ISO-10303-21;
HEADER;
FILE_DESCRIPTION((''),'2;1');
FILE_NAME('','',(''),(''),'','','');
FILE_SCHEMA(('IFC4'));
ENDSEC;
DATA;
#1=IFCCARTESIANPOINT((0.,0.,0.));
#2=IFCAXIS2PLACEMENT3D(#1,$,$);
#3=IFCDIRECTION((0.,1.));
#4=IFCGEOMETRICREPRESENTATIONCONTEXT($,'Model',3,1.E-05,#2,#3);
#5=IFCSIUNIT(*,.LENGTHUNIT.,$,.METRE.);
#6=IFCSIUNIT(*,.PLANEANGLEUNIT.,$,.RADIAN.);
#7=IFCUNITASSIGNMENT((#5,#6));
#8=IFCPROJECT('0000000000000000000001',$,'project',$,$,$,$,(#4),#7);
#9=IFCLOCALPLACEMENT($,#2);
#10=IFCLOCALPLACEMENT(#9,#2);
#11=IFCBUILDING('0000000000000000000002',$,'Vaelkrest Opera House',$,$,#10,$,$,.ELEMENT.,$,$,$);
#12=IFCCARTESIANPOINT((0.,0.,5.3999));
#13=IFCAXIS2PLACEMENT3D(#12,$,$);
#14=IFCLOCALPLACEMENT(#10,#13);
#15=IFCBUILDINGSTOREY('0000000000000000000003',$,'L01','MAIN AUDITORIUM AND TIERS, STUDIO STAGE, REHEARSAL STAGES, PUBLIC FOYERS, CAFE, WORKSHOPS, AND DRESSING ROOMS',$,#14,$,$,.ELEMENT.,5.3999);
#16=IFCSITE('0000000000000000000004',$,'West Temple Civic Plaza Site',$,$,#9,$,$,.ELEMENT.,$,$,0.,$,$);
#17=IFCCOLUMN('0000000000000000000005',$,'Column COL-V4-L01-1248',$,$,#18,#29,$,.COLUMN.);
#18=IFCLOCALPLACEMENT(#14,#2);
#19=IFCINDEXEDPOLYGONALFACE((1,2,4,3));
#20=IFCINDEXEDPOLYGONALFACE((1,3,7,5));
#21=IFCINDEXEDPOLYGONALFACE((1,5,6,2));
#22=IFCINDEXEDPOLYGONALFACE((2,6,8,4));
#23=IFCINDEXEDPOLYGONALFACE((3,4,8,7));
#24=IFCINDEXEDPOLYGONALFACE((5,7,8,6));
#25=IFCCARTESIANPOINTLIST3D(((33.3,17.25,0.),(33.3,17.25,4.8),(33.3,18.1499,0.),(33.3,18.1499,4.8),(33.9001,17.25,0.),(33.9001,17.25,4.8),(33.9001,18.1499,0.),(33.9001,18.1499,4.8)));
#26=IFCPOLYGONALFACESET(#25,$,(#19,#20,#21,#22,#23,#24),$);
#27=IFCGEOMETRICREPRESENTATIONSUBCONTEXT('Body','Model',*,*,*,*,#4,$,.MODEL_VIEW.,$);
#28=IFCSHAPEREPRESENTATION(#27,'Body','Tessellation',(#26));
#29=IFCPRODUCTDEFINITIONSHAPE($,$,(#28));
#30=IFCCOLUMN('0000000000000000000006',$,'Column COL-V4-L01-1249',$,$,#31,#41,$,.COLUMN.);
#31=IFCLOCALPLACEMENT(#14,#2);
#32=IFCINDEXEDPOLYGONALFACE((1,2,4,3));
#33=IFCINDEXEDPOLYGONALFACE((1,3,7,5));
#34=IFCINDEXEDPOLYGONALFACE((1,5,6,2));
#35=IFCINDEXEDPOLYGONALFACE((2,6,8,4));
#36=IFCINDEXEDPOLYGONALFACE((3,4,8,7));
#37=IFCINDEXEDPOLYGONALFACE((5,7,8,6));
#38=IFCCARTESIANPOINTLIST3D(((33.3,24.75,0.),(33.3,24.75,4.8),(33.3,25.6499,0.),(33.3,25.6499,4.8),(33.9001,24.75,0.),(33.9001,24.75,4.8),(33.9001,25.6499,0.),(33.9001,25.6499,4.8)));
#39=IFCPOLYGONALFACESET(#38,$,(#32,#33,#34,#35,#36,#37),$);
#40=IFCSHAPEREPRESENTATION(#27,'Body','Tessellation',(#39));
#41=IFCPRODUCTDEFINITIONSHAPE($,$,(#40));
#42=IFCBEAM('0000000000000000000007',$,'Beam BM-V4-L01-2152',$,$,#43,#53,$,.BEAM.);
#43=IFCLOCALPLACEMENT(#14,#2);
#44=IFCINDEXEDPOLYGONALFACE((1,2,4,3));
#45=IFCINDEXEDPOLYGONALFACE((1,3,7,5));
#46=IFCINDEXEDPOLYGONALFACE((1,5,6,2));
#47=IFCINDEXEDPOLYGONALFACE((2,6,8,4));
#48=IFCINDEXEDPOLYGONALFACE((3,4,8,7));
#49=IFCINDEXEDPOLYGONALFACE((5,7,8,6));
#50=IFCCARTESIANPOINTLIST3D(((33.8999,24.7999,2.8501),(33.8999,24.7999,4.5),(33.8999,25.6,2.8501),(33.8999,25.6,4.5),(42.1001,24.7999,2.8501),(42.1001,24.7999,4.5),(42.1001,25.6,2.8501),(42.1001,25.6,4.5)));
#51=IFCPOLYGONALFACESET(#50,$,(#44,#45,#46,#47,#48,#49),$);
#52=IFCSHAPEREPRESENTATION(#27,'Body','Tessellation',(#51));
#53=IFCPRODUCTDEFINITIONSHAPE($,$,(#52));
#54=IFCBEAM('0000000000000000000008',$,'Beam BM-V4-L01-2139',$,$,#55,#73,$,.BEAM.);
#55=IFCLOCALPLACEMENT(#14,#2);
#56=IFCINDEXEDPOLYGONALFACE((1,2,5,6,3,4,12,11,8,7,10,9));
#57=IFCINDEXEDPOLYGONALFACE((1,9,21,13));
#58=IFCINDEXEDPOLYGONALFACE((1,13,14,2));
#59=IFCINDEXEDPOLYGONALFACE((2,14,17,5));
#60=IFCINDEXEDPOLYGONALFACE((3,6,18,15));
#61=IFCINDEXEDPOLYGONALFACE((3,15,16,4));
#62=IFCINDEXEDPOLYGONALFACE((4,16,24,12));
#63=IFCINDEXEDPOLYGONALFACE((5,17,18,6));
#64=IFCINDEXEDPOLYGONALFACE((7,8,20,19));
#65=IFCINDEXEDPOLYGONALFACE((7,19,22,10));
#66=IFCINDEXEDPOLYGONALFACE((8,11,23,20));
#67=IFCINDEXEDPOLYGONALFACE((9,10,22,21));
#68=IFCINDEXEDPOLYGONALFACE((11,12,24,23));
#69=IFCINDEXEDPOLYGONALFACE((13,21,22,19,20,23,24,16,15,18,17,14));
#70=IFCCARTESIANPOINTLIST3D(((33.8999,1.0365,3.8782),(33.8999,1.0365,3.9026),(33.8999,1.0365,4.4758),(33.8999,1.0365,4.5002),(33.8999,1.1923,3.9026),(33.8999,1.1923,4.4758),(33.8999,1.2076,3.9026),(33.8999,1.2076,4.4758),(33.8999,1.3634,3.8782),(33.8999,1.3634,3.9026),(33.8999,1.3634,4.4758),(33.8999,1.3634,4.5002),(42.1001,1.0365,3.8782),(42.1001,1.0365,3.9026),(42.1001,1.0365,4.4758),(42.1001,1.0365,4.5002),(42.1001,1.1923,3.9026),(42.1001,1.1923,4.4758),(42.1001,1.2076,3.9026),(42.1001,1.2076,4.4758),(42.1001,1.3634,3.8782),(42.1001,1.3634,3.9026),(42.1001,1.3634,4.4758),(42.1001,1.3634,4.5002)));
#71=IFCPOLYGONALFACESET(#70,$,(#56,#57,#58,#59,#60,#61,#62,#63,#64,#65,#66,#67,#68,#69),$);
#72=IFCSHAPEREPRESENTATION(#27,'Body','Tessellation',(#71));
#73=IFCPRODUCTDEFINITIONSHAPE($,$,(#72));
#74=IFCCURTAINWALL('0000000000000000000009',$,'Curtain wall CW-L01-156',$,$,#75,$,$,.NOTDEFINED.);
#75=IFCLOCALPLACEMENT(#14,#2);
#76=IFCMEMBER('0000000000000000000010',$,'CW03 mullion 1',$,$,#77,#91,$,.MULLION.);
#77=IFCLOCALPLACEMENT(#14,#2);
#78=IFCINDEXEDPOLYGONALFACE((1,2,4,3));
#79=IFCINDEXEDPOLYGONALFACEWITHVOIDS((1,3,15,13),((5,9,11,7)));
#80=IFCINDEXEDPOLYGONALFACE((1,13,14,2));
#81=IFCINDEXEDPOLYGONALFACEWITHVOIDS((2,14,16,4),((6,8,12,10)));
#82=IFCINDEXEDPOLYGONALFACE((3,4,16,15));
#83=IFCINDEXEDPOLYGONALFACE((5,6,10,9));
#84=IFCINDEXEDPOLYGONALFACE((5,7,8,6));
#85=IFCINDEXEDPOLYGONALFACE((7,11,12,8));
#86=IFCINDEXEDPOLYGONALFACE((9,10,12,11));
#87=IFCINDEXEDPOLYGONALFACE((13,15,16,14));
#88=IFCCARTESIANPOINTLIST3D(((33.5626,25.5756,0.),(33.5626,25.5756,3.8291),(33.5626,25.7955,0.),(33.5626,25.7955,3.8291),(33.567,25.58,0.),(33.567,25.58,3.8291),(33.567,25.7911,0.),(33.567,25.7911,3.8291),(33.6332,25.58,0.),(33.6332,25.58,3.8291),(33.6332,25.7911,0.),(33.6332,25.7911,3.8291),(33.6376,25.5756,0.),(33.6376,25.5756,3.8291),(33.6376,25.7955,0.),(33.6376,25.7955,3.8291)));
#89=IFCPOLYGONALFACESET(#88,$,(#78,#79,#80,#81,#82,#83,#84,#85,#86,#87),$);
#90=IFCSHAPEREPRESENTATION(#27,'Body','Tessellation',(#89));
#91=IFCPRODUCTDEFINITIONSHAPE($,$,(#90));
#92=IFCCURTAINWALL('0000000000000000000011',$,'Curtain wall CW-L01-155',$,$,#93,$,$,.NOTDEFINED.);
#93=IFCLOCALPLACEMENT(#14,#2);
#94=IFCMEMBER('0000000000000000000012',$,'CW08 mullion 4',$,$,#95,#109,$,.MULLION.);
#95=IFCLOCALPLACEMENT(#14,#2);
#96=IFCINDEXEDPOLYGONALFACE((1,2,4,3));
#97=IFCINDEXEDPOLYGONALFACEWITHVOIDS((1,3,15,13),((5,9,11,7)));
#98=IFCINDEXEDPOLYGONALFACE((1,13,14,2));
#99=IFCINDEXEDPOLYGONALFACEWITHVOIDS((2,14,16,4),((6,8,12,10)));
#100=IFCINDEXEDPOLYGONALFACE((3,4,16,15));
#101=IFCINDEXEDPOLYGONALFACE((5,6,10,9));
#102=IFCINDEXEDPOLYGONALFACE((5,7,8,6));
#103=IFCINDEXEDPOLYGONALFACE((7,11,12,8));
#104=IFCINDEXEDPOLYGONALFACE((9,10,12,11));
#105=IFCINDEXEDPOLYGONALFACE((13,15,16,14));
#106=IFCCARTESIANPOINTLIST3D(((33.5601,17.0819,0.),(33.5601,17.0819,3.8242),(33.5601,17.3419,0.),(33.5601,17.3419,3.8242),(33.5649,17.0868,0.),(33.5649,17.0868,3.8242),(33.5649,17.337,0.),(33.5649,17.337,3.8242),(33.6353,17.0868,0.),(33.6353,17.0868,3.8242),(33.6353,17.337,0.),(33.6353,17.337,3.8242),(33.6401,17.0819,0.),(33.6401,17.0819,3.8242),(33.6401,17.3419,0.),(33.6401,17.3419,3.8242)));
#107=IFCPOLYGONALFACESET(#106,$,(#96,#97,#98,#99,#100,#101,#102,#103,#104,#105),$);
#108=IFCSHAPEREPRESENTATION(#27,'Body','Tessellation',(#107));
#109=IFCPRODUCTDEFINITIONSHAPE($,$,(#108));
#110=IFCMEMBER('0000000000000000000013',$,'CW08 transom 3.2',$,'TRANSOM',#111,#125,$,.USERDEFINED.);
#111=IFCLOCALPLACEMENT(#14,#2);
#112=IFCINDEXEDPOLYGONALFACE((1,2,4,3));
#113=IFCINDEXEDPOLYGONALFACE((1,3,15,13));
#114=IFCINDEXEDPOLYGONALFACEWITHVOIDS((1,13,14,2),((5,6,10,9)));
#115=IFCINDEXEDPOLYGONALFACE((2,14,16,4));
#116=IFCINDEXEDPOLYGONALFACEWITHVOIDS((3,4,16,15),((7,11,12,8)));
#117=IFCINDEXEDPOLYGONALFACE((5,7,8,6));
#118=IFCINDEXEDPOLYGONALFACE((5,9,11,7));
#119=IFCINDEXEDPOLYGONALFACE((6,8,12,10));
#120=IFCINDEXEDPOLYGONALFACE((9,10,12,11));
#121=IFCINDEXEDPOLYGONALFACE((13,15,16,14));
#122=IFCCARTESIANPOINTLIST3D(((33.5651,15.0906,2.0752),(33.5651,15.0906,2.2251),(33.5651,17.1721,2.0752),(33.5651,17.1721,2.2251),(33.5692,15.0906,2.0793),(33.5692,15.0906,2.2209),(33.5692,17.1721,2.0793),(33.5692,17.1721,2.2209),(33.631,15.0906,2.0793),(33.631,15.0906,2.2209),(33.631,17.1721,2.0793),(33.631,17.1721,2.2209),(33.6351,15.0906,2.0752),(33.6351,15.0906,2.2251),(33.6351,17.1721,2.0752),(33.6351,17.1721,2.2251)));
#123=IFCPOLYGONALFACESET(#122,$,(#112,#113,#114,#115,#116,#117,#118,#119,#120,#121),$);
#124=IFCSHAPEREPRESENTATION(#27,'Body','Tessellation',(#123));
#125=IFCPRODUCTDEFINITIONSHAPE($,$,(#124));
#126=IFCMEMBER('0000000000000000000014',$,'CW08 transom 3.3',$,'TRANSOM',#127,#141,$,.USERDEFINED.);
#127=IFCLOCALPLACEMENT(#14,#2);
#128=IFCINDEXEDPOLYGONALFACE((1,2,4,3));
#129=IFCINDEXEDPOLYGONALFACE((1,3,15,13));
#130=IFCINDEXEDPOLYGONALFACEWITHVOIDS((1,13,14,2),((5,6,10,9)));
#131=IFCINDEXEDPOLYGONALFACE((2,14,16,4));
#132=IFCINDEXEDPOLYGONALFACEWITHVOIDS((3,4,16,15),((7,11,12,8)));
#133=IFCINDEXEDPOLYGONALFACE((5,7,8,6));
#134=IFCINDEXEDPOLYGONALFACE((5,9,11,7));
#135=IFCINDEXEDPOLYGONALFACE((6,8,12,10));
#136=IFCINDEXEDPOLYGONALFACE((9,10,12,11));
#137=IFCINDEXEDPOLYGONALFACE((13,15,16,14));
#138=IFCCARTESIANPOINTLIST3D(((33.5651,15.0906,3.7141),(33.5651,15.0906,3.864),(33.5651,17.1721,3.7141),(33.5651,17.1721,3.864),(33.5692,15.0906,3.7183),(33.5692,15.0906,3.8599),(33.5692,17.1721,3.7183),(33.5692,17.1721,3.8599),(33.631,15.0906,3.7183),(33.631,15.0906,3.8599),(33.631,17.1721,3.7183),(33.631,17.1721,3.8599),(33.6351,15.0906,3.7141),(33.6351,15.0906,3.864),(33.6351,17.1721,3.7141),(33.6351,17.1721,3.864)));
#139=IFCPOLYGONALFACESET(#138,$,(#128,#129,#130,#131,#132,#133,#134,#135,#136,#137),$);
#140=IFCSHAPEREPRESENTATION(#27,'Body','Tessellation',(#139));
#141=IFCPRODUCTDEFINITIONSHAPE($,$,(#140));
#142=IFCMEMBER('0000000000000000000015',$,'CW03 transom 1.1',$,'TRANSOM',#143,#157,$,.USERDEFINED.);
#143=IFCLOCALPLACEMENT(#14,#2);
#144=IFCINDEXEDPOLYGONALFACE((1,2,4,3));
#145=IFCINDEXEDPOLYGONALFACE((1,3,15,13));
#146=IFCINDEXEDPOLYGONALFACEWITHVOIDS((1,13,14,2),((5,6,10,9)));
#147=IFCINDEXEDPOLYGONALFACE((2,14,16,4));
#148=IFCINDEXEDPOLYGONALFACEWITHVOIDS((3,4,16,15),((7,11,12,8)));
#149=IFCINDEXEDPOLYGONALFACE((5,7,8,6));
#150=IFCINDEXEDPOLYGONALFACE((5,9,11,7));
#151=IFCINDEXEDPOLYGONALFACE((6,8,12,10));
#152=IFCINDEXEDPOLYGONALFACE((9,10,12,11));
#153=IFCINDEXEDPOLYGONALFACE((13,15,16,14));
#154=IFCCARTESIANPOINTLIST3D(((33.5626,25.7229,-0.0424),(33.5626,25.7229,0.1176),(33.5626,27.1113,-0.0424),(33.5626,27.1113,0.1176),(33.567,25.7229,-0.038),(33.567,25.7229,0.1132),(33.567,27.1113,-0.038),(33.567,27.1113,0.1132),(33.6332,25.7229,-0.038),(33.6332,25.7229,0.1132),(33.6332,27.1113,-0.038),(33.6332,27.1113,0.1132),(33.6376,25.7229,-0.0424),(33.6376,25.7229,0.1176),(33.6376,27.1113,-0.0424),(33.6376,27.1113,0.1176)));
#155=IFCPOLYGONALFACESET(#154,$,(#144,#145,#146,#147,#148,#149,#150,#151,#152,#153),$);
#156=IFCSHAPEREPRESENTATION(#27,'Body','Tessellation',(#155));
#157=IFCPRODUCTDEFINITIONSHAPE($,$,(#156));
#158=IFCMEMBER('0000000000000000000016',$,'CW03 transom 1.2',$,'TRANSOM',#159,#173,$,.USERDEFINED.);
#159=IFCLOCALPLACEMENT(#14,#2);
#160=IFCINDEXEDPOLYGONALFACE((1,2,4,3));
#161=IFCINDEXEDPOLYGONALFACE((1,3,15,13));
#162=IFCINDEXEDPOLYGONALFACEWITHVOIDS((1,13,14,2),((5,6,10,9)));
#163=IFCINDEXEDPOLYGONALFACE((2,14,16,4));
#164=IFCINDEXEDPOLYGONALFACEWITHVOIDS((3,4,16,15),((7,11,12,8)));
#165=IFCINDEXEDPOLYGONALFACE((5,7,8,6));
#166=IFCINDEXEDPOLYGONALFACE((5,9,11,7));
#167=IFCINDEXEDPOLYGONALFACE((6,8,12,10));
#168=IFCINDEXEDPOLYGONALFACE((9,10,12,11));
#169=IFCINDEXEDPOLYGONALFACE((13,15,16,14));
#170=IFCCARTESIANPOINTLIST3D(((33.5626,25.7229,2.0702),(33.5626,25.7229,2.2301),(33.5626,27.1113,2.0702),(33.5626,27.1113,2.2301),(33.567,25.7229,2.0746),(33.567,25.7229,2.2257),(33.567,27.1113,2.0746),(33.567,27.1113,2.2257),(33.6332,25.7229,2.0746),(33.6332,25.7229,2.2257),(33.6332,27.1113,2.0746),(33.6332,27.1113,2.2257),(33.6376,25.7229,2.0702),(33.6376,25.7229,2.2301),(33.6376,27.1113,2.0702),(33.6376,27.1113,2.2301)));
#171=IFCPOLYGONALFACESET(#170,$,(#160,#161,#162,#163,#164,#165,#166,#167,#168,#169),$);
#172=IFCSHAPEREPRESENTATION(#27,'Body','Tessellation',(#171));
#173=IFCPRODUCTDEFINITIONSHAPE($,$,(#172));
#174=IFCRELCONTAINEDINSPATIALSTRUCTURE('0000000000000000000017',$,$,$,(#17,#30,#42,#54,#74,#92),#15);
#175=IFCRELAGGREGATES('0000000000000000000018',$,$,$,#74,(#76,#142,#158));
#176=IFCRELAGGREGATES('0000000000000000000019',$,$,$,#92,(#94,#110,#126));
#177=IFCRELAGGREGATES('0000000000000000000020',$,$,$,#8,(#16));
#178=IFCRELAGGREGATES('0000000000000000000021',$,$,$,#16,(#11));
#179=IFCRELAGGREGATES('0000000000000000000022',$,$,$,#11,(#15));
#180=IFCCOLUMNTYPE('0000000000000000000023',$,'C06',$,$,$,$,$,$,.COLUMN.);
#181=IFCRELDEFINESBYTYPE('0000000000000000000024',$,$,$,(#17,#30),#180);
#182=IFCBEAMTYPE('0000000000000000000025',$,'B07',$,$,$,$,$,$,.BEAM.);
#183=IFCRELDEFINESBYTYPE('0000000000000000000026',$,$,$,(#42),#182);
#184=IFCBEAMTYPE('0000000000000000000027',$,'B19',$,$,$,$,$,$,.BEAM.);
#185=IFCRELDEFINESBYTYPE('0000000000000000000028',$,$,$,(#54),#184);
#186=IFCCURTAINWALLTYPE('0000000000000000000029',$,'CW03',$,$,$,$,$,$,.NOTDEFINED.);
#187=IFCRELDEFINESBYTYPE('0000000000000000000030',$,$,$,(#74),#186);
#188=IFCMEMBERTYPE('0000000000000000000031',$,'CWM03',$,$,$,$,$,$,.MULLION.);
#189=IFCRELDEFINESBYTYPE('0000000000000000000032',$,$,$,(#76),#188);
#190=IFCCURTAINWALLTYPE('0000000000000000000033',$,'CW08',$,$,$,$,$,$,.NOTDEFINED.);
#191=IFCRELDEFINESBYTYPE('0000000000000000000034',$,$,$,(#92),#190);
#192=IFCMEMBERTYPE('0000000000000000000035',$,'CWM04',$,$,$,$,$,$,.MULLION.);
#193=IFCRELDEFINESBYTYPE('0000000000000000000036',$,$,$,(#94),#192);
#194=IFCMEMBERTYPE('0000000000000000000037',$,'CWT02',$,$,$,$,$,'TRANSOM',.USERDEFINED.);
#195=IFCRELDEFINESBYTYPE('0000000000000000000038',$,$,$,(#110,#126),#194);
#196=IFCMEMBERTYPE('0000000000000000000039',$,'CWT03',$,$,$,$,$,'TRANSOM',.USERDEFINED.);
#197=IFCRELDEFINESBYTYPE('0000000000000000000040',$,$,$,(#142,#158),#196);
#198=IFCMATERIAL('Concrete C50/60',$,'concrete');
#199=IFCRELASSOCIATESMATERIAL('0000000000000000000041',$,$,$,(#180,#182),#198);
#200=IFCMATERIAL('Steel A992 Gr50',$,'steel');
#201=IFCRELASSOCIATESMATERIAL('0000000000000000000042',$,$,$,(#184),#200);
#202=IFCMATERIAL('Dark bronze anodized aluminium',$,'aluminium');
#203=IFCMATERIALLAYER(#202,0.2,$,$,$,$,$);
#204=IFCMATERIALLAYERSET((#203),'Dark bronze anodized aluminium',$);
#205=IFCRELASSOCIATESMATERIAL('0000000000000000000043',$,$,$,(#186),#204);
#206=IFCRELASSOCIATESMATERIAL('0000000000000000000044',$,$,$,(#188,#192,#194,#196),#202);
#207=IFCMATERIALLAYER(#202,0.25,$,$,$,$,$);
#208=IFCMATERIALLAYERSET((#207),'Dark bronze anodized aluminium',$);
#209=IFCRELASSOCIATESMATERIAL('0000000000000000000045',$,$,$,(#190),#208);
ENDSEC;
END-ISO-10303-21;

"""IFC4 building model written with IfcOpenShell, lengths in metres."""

from ifc_helpers import new_model, si_unit, direction, frame, origin, origin_2d, place, context, subcontext, project, spatial, rectangle, hollow_rectangle, i_section, extrude, material, layer, layer_set, material_profile, profile_set, type_object, element, aggregate, save


model = new_model("IFC4")

# Units and contexts
model_context = context("Model", 3, precision=1e-05, world=origin(), true_north=direction((0.0, 1.0)))
body_context = subcontext(model_context, "Body", "Model", "MODEL_VIEW")
ifc_project = project(units=[si_unit("LENGTHUNIT", "METRE"), si_unit("PLANEANGLEUNIT", "RADIAN")], contexts=[model_context])

# Site, building, storey
site_placement = place(None, origin())
site = spatial("IfcSite", under=ifc_project, at=site_placement, Name="West Temple Civic Plaza Site", CompositionType="ELEMENT", RefElevation=0.0)
building_placement = place(site_placement, origin())
building = spatial("IfcBuilding", under=site, at=building_placement, Name="Vaelkrest Opera House", CompositionType="ELEMENT")
storey_placement = place(building_placement, frame((0.0, 0.0, 5.3999)))
storey = spatial("IfcBuildingStorey", under=building, at=storey_placement, Name="L01", Description="MAIN AUDITORIUM AND TIERS, STUDIO STAGE, REHEARSAL STAGES, PUBLIC FOYERS, CAFE, WORKSHOPS, AND DRESSING ROOMS", CompositionType="ELEMENT", Elevation=5.3999)

# Columns
ifc_material_1 = material(Name="Concrete C50/60", Category="concrete")
ifc_material_profile_1 = material_profile(ifc_material_1, rectangle(XDim=0.6001, YDim=0.8999, at=origin_2d()), Name="RC600X900")
ifc_profile_set_1 = profile_set([ifc_material_profile_1], Name="Concrete C50/60")
column_type = type_object("IfcColumnType", Name="C06", PredefinedType="COLUMN", material=ifc_profile_set_1)
for number, where, z_axis, x_axis, name in (
    (1, (33.6001, 17.7, 0.0), (0.0, 0.0, 1.0), (1.0, 0.0, 0.0), "Column COL-V4-L01-1248"),
    (2, (33.6001, 25.2, 0.0), (0.0, 0.0, 1.0), (1.0, 0.0, 0.0), "Column COL-V4-L01-1249"),
):
    element("IfcColumn", number, at=place(storey_placement, frame(where, z_axis=z_axis, x_axis=x_axis)), inside=storey, type_object=column_type, Name=name, PredefinedType="COLUMN", context=body_context, shape_type="SweptSolid", body=[
        extrude(rectangle(XDim=0.6001, YDim=0.8999, at=origin_2d()), origin(), (0.0, 0.0, 1.0), 4.8),
    ])

# Beams
ifc_material_profile_2 = material_profile(ifc_material_1, rectangle(XDim=0.8, YDim=1.6499, at=origin_2d()), Name="RCB800X1650")
ifc_profile_set_2 = profile_set([ifc_material_profile_2], Name="Concrete C50/60")
beam_type_1 = type_object("IfcBeamType", Name="B07", PredefinedType="BEAM", material=ifc_profile_set_2)
beam_1_placement = place(storey_placement, frame((33.8999, 25.2, 3.675), z_axis=(1.0, 0.0, 0.0), x_axis=(0.0, 1.0, 0.0)))
element("IfcBeam", 3, at=beam_1_placement, inside=storey, type_object=beam_type_1, Name="Beam BM-V4-L01-2152", PredefinedType="BEAM", context=body_context, shape_type="SweptSolid", body=[
    extrude(rectangle(XDim=0.8, YDim=1.6499, at=origin_2d()), origin(), (0.0, 0.0, 1.0), 8.2002),
])
ifc_material_2 = material(Name="Steel A992 Gr50", Category="steel")
ifc_material_profile_3 = material_profile(ifc_material_2, i_section(OverallWidth=0.3269, OverallDepth=0.6221, WebThickness=0.0154, FlangeThickness=0.0244, at=origin_2d()), Name="W24X131")
ifc_profile_set_3 = profile_set([ifc_material_profile_3], Name="Steel A992 Gr50")
beam_type_2 = type_object("IfcBeamType", Name="B19", PredefinedType="BEAM", material=ifc_profile_set_3)
beam_2_placement = place(storey_placement, frame((33.8999, 1.2, 4.1892), z_axis=(1.0, 0.0, 0.0), x_axis=(0.0, 1.0, 0.0)))
element("IfcBeam", 4, at=beam_2_placement, inside=storey, type_object=beam_type_2, Name="Beam BM-V4-L01-2139", PredefinedType="BEAM", context=body_context, shape_type="SweptSolid", body=[
    extrude(i_section(OverallWidth=0.3269, OverallDepth=0.6221, WebThickness=0.0154, FlangeThickness=0.0244, at=origin_2d()), origin(), (0.0, 0.0, 1.0), 8.2002),
])

# Curtain wall, member
ifc_material_3 = material(Name="Dark bronze anodized aluminium", Category="aluminium")
ifc_layer_1 = layer(ifc_material_3, 0.2)
ifc_layer_set_1 = layer_set([ifc_layer_1], Name="Dark bronze anodized aluminium")
curtain_wall_type_1 = type_object("IfcCurtainWallType", Name="CW03", PredefinedType="NOTDEFINED", material=ifc_layer_set_1)
curtain_wall_1_placement = place(storey_placement, origin())
curtain_wall_1 = element("IfcCurtainWall", 5, at=curtain_wall_1_placement, inside=storey, type_object=curtain_wall_type_1, Name="Curtain wall CW-L01-156", PredefinedType="NOTDEFINED")
ifc_material_profile_4 = material_profile(ifc_material_3, hollow_rectangle(XDim=0.075, YDim=0.22, WallThickness=0.0044, at=origin_2d()), Name="CWM75X220")
ifc_profile_set_4 = profile_set([ifc_material_profile_4], Name="Dark bronze anodized aluminium")
member_type_1 = type_object("IfcMemberType", Name="CWM03", PredefinedType="MULLION", material=ifc_profile_set_4)
member_1_placement = place(storey_placement, frame((33.6001, 25.6855, 0.0), z_axis=(0.0, 0.0, 1.0), x_axis=(-1.0, 0.0, 0.0)))
member_1 = element("IfcMember", 6, at=member_1_placement, type_object=member_type_1, Name="CW03 mullion 1", PredefinedType="MULLION", context=body_context, shape_type="SweptSolid", body=[
    extrude(hollow_rectangle(XDim=0.075, YDim=0.22, WallThickness=0.0044, at=origin_2d()), origin(), (0.0, 0.0, 1.0), 3.8291),
])

# Curtain wall, members
ifc_layer_2 = layer(ifc_material_3, 0.25)
ifc_layer_set_2 = layer_set([ifc_layer_2], Name="Dark bronze anodized aluminium")
curtain_wall_type_2 = type_object("IfcCurtainWallType", Name="CW08", PredefinedType="NOTDEFINED", material=ifc_layer_set_2)
curtain_wall_2_placement = place(storey_placement, origin())
curtain_wall_2 = element("IfcCurtainWall", 7, at=curtain_wall_2_placement, inside=storey, type_object=curtain_wall_type_2, Name="Curtain wall CW-L01-155", PredefinedType="NOTDEFINED")
ifc_material_profile_5 = material_profile(ifc_material_3, hollow_rectangle(XDim=0.0801, YDim=0.26, WallThickness=0.0049, at=origin_2d()), Name="CWM80X260")
ifc_profile_set_5 = profile_set([ifc_material_profile_5], Name="Dark bronze anodized aluminium")
member_type_2 = type_object("IfcMemberType", Name="CWM04", PredefinedType="MULLION", material=ifc_profile_set_5)
member_2_placement = place(storey_placement, frame((33.6001, 17.2119, 0.0), z_axis=(0.0, 0.0, 1.0), x_axis=(-1.0, 0.0, 0.0)))
member_2 = element("IfcMember", 8, at=member_2_placement, type_object=member_type_2, Name="CW08 mullion 4", PredefinedType="MULLION", context=body_context, shape_type="SweptSolid", body=[
    extrude(hollow_rectangle(XDim=0.0801, YDim=0.26, WallThickness=0.0049, at=origin_2d()), origin(), (0.0, 0.0, 1.0), 3.8242),
])
ifc_material_profile_6 = material_profile(ifc_material_3, hollow_rectangle(XDim=0.0701, YDim=0.1499, WallThickness=0.0042, at=origin_2d()), Name="CWT70X150")
ifc_profile_set_6 = profile_set([ifc_material_profile_6], Name="Dark bronze anodized aluminium")
member_type_3 = type_object("IfcMemberType", Name="CWT02", ElementType="TRANSOM", PredefinedType="USERDEFINED", material=ifc_profile_set_6)
member_3_placement = place(storey_placement, frame((33.6001, 15.0906, 2.1501), z_axis=(0.0, 1.0, 0.0), x_axis=(-1.0, 0.0, 0.0)))
member_3 = element("IfcMember", 9, at=member_3_placement, type_object=member_type_3, Name="CW08 transom 3.2", ObjectType="TRANSOM", PredefinedType="USERDEFINED", context=body_context, shape_type="SweptSolid", body=[
    extrude(hollow_rectangle(XDim=0.0701, YDim=0.1499, WallThickness=0.0042, at=origin_2d()), origin(), (0.0, 0.0, 1.0), 2.0815),
])
member_4_placement = place(storey_placement, frame((33.6001, 15.0906, 3.7891), z_axis=(0.0, 1.0, 0.0), x_axis=(-1.0, 0.0, 0.0)))
member_4 = element("IfcMember", 10, at=member_4_placement, type_object=member_type_3, Name="CW08 transom 3.3", ObjectType="TRANSOM", PredefinedType="USERDEFINED", context=body_context, shape_type="SweptSolid", body=[
    extrude(hollow_rectangle(XDim=0.0701, YDim=0.1499, WallThickness=0.0042, at=origin_2d()), origin(), (0.0, 0.0, 1.0), 2.0815),
])

# Members
ifc_material_profile_7 = material_profile(ifc_material_3, hollow_rectangle(XDim=0.075, YDim=0.1599, WallThickness=0.0044, at=origin_2d()), Name="CWT75X160")
ifc_profile_set_7 = profile_set([ifc_material_profile_7], Name="Dark bronze anodized aluminium")
member_type_4 = type_object("IfcMemberType", Name="CWT03", ElementType="TRANSOM", PredefinedType="USERDEFINED", material=ifc_profile_set_7)
member_5_placement = place(storey_placement, frame((33.6001, 25.7229, 0.0376), z_axis=(0.0, 1.0, 0.0), x_axis=(-1.0, 0.0, 0.0)))
member_5 = element("IfcMember", 11, at=member_5_placement, type_object=member_type_4, Name="CW03 transom 1.1", ObjectType="TRANSOM", PredefinedType="USERDEFINED", context=body_context, shape_type="SweptSolid", body=[
    extrude(hollow_rectangle(XDim=0.075, YDim=0.1599, WallThickness=0.0044, at=origin_2d()), origin(), (0.0, 0.0, 1.0), 1.3884),
])
member_6_placement = place(storey_placement, frame((33.6001, 25.7229, 2.1501), z_axis=(0.0, 1.0, 0.0), x_axis=(-1.0, 0.0, 0.0)))
member_6 = element("IfcMember", 12, at=member_6_placement, type_object=member_type_4, Name="CW03 transom 1.2", ObjectType="TRANSOM", PredefinedType="USERDEFINED", context=body_context, shape_type="SweptSolid", body=[
    extrude(hollow_rectangle(XDim=0.075, YDim=0.1599, WallThickness=0.0044, at=origin_2d()), origin(), (0.0, 0.0, 1.0), 1.3884),
])

aggregate(curtain_wall_1, [member_1, member_5, member_6])
aggregate(curtain_wall_2, [member_2, member_3, member_4])

save(model, "model.ifc")
